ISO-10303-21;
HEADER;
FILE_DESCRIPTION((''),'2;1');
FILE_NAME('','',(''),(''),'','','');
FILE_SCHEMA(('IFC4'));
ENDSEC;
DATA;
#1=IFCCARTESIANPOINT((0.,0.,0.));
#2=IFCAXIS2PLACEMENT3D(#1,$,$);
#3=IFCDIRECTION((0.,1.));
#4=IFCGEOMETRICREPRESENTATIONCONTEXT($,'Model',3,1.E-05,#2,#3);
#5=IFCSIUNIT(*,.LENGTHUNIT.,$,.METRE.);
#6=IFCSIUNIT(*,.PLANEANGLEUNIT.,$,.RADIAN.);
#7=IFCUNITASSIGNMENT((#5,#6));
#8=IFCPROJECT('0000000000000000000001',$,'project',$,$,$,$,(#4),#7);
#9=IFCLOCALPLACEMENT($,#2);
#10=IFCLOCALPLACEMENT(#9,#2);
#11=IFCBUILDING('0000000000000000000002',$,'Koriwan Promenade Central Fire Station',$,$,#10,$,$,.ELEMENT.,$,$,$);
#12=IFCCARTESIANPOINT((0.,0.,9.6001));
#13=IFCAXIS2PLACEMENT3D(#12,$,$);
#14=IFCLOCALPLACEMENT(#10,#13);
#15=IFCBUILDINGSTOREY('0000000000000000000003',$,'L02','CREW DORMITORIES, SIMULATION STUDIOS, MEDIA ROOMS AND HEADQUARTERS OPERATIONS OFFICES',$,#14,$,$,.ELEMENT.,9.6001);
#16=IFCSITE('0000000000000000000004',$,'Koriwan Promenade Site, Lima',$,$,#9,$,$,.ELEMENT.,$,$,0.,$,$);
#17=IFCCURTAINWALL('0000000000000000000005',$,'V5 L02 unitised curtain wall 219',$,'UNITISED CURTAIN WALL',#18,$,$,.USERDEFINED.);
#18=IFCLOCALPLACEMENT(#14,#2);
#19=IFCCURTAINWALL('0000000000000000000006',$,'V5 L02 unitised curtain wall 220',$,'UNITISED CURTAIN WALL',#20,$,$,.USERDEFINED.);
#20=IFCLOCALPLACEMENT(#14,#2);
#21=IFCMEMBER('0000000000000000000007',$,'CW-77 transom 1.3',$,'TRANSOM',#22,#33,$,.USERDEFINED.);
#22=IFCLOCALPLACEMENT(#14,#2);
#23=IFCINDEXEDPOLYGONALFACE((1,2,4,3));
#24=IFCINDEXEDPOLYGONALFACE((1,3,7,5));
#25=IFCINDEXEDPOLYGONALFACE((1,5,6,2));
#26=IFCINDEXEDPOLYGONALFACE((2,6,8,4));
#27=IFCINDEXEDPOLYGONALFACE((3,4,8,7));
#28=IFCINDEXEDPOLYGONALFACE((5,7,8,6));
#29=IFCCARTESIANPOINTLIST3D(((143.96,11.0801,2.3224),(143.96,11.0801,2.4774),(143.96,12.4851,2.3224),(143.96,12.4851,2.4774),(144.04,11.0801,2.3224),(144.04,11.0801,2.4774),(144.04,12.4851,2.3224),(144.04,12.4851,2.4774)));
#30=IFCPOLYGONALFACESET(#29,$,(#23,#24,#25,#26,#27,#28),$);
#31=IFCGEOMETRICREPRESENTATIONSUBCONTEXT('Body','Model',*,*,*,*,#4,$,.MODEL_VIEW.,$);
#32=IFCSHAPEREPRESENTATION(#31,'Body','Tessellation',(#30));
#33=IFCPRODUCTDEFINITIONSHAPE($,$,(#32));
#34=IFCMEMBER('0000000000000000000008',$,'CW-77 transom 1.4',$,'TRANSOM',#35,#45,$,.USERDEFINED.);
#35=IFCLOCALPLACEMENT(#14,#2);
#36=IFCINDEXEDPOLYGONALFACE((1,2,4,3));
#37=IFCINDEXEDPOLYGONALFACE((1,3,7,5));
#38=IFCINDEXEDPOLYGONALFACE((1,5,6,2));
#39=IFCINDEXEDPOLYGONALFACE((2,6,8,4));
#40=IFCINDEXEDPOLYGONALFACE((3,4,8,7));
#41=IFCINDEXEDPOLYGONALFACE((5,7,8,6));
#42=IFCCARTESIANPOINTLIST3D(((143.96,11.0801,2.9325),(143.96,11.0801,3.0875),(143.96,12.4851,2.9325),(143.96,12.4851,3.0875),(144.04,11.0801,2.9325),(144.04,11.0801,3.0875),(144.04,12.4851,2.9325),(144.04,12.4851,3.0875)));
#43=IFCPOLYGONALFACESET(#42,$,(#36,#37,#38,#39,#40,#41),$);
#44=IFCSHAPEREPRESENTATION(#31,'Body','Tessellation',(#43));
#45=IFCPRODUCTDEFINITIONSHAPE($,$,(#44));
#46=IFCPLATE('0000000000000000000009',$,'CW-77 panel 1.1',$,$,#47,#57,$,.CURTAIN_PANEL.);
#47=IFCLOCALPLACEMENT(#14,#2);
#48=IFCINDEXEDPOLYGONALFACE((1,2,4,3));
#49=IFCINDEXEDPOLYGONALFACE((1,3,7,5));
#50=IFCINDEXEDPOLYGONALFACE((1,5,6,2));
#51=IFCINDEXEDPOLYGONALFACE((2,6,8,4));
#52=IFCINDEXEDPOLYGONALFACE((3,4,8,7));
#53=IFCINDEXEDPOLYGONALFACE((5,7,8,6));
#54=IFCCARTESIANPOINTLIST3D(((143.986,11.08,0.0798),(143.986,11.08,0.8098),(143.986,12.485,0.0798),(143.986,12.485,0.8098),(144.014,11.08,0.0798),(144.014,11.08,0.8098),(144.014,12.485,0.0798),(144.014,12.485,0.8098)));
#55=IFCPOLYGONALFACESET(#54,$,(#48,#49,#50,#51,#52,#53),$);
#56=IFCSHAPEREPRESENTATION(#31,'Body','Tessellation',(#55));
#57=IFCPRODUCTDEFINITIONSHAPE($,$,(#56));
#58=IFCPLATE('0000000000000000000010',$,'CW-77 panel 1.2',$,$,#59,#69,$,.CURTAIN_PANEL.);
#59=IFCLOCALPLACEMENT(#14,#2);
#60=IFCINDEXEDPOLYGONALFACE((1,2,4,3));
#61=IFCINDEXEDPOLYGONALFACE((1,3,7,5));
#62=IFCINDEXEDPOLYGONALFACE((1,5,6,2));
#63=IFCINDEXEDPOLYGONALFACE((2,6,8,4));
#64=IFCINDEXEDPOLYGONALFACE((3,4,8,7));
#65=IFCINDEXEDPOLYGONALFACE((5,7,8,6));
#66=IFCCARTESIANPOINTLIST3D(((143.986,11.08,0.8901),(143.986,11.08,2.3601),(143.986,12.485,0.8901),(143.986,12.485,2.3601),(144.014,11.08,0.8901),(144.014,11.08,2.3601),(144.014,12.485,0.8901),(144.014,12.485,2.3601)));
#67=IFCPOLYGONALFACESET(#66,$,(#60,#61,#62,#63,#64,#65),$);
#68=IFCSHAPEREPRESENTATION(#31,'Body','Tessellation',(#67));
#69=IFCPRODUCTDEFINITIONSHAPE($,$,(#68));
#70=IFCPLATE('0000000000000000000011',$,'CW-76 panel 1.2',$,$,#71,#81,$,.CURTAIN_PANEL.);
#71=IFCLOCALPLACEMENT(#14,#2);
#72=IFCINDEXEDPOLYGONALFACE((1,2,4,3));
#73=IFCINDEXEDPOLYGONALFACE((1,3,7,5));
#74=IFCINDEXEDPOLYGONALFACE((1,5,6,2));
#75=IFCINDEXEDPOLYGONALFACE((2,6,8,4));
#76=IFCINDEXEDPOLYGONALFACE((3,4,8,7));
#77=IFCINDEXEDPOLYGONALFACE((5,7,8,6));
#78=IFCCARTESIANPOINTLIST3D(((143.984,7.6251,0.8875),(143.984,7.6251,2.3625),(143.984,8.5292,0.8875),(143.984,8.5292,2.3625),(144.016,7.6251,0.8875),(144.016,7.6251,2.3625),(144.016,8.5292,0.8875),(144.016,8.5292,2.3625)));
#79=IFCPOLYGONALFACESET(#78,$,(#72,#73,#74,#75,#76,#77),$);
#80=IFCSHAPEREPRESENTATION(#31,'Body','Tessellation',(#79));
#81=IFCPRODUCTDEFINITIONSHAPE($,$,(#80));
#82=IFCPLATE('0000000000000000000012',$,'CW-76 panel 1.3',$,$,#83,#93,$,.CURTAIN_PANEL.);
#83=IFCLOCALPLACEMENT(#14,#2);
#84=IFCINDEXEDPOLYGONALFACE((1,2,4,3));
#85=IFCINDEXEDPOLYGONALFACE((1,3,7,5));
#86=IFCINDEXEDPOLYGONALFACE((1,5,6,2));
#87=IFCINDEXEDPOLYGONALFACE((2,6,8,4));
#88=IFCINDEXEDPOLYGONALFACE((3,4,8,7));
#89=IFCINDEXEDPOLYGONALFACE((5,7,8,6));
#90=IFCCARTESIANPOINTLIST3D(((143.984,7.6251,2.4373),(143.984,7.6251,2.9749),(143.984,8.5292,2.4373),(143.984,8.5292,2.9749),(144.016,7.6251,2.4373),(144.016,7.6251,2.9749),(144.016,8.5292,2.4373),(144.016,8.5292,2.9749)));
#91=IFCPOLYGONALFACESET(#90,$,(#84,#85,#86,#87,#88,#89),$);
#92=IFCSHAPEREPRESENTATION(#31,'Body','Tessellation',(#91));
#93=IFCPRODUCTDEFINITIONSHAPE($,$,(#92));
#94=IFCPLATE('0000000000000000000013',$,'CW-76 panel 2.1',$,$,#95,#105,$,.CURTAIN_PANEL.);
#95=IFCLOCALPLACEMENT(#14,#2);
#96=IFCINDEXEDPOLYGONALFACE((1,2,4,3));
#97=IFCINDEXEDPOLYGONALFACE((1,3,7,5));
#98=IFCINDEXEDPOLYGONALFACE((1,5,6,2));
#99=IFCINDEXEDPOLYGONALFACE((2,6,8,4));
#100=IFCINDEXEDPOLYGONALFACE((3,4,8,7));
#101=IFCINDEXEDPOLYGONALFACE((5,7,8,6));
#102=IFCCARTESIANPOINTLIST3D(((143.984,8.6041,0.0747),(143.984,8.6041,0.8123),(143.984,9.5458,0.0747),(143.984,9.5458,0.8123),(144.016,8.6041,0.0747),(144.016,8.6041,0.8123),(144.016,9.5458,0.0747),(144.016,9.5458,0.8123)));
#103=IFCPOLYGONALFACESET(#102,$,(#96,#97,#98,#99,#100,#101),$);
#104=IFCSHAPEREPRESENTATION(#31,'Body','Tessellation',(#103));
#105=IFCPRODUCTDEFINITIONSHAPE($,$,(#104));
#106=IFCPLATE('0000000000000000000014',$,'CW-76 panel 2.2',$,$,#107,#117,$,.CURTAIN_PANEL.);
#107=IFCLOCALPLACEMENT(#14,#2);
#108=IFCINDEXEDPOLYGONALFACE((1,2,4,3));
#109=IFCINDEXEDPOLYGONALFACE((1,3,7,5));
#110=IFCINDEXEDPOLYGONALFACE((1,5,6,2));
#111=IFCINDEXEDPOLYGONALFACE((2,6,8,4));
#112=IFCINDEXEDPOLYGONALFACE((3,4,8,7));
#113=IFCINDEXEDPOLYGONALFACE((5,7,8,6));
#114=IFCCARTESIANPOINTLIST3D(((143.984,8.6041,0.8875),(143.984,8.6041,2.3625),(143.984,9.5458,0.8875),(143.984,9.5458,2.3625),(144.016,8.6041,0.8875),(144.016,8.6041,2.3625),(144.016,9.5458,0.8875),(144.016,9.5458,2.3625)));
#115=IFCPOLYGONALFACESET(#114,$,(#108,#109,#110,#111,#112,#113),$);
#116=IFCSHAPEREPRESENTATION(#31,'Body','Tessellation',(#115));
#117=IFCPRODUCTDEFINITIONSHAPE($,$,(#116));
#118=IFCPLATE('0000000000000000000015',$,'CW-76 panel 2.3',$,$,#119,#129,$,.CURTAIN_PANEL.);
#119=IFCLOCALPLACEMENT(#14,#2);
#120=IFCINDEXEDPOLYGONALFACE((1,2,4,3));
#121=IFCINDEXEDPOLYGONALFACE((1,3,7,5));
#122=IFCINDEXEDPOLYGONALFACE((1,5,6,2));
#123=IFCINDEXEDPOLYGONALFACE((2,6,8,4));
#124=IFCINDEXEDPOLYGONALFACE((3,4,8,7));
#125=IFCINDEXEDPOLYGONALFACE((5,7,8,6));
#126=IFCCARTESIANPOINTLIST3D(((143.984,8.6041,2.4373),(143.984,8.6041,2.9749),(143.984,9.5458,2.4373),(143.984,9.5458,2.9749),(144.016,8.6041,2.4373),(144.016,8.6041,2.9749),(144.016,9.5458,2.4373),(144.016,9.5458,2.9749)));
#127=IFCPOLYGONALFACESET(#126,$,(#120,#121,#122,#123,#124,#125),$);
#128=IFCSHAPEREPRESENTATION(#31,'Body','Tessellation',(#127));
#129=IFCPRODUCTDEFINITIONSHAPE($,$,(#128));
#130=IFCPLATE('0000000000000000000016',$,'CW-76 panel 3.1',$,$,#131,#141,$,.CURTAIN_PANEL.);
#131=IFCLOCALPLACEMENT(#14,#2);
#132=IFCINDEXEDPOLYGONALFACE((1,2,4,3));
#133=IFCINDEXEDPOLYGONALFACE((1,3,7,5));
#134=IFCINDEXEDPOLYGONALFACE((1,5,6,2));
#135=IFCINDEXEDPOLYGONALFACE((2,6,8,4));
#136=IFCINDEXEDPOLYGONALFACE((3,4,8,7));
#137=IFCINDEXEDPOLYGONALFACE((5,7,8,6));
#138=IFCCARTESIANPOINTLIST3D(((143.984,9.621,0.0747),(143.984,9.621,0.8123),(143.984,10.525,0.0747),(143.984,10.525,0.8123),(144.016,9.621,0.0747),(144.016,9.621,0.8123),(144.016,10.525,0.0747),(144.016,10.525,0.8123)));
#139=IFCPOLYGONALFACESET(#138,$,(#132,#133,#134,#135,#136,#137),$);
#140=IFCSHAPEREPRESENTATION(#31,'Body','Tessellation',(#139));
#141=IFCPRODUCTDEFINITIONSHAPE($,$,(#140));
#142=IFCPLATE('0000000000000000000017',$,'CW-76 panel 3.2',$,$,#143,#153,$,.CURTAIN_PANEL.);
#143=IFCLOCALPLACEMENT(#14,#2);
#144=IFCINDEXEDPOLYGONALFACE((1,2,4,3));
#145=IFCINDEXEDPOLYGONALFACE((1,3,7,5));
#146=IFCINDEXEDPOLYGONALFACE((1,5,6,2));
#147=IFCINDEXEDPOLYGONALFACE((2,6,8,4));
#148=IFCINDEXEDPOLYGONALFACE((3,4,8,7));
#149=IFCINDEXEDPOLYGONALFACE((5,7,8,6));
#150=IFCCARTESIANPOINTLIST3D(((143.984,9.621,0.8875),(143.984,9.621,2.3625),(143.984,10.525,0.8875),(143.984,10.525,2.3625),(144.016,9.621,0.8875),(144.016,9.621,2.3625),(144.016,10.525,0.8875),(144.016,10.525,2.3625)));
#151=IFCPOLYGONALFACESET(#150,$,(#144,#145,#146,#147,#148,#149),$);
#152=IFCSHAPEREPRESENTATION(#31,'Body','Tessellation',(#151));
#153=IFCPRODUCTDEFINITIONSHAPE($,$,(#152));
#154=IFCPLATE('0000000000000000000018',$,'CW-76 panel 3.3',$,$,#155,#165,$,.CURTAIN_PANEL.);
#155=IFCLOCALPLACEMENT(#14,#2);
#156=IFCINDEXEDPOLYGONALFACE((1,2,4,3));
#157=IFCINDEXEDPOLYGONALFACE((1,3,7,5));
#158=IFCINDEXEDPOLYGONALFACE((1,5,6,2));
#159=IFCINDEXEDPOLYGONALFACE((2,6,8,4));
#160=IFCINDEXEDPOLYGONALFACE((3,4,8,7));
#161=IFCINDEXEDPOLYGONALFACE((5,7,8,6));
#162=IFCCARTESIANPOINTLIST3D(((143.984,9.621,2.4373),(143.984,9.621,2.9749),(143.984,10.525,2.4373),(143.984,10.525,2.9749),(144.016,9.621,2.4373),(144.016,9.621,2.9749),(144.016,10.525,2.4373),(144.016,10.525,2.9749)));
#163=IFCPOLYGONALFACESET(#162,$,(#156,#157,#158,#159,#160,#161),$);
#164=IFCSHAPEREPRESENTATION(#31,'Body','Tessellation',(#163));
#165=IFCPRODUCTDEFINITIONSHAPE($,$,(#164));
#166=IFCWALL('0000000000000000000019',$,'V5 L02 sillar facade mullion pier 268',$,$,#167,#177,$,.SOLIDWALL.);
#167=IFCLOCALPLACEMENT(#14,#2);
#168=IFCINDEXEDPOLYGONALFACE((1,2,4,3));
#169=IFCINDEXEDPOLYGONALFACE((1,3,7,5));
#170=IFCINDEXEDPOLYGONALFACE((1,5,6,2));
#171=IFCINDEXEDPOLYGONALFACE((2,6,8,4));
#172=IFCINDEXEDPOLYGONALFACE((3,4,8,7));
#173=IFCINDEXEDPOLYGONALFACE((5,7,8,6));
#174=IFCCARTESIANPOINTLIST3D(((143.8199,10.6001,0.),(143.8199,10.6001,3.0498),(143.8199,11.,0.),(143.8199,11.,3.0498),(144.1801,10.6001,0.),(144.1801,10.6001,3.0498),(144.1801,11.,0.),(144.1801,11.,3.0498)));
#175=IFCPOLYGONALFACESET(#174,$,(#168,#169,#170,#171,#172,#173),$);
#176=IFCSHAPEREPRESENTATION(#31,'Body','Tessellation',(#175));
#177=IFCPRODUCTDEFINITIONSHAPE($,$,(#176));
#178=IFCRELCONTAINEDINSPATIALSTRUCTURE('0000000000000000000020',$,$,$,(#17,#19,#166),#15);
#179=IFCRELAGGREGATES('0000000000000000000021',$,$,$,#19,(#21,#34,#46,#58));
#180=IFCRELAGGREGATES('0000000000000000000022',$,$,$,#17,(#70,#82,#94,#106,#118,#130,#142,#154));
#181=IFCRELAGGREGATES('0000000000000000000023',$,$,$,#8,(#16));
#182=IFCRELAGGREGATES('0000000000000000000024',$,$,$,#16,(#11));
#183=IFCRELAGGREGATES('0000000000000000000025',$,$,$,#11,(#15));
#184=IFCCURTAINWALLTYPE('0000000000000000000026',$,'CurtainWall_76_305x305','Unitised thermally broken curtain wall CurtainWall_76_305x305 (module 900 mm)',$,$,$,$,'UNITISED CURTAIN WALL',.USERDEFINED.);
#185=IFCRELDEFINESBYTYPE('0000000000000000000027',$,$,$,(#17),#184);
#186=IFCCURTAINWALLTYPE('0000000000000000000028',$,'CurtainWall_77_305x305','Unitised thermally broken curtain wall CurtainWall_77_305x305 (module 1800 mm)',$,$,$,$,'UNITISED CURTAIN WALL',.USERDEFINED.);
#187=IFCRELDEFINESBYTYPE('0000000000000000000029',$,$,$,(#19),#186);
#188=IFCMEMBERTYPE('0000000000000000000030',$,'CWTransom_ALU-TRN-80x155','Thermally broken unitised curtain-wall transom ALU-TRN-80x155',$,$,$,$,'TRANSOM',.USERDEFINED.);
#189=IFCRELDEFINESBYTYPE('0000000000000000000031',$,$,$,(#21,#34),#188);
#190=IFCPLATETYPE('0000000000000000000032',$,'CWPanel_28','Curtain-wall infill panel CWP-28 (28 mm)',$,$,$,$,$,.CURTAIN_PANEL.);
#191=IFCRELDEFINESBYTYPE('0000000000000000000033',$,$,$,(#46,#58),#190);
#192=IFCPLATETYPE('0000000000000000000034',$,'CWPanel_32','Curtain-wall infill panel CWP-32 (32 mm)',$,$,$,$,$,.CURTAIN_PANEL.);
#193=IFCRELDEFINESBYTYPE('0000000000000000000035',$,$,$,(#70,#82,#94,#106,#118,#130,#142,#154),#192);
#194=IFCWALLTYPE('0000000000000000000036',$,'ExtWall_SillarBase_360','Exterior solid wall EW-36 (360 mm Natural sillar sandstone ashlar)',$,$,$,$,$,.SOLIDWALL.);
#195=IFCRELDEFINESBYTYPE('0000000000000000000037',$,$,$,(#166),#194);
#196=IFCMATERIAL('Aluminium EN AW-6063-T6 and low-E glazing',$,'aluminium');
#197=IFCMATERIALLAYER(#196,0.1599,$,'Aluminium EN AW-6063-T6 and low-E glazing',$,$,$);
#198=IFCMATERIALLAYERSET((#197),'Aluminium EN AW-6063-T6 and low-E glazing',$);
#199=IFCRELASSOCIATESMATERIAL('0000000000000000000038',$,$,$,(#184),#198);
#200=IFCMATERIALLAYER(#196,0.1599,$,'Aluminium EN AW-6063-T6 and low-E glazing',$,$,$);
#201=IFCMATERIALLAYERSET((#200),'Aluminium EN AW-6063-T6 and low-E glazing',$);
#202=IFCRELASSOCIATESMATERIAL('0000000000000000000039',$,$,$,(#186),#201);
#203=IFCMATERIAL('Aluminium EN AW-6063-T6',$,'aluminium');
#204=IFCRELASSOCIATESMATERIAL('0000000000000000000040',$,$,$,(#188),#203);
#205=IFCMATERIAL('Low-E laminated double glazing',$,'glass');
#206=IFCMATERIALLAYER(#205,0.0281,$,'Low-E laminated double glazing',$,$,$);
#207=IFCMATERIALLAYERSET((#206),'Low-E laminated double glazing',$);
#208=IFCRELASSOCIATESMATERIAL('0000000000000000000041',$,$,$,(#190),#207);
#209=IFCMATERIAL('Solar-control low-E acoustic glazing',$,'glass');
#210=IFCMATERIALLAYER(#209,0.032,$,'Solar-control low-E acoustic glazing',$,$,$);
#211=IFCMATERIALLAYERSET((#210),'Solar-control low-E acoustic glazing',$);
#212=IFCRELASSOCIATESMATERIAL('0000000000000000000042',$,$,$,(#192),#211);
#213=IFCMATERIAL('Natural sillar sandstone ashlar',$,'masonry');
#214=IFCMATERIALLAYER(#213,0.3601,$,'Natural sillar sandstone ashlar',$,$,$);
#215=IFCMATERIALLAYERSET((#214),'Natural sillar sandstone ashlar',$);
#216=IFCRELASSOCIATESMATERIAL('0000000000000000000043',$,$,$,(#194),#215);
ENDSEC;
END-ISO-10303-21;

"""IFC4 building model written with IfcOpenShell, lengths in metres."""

from ifc_helpers import new_model, si_unit, direction, frame, frame_2d, origin, origin_2d, place, context, subcontext, project, spatial, rectangle, extrude, material, layer, layer_set, material_profile, profile_set, type_object, element, aggregate, save


model = new_model("IFC4")

# Units and contexts
model_context = context("Model", 3, precision=1e-05, world=origin(), true_north=direction((0.0, 1.0)))
body_context = subcontext(model_context, "Body", "Model", "MODEL_VIEW")
ifc_project = project(units=[si_unit("LENGTHUNIT", "METRE"), si_unit("PLANEANGLEUNIT", "RADIAN")], contexts=[model_context])

# Site, building, storey
site_placement = place(None, origin())
site = spatial("IfcSite", under=ifc_project, at=site_placement, Name="Koriwan Promenade Site, Lima", CompositionType="ELEMENT", RefElevation=0.0)
building_placement = place(site_placement, origin())
building = spatial("IfcBuilding", under=site, at=building_placement, Name="Koriwan Promenade Central Fire Station", CompositionType="ELEMENT")
storey_placement = place(building_placement, frame((0.0, 0.0, 9.6001)))
storey = spatial("IfcBuildingStorey", under=building, at=storey_placement, Name="L02", Description="CREW DORMITORIES, SIMULATION STUDIOS, MEDIA ROOMS AND HEADQUARTERS OPERATIONS OFFICES", CompositionType="ELEMENT", Elevation=9.6001)

# Curtain wall
ifc_material_1 = material(Name="Aluminium EN AW-6063-T6 and low-E glazing", Category="aluminium")
ifc_layer_1 = layer(ifc_material_1, 0.1599, Name="Aluminium EN AW-6063-T6 and low-E glazing")
ifc_layer_set_1 = layer_set([ifc_layer_1], Name="Aluminium EN AW-6063-T6 and low-E glazing")
curtain_wall_type_1 = type_object("IfcCurtainWallType", Name="CurtainWall_76_305x305", Description="Unitised thermally broken curtain wall CurtainWall_76_305x305 (module 900 mm)", ElementType="UNITISED CURTAIN WALL", PredefinedType="USERDEFINED", material=ifc_layer_set_1)
curtain_wall_1_placement = place(storey_placement, origin())
curtain_wall_1 = element("IfcCurtainWall", 1, at=curtain_wall_1_placement, inside=storey, type_object=curtain_wall_type_1, Name="V5 L02 unitised curtain wall 219", ObjectType="UNITISED CURTAIN WALL", PredefinedType="USERDEFINED")
ifc_material_2 = material(Name="Aluminium EN AW-6063-T6", Category="aluminium")

# Curtain wall
ifc_layer_2 = layer(ifc_material_1, 0.1599, Name="Aluminium EN AW-6063-T6 and low-E glazing")
ifc_layer_set_2 = layer_set([ifc_layer_2], Name="Aluminium EN AW-6063-T6 and low-E glazing")
curtain_wall_type_2 = type_object("IfcCurtainWallType", Name="CurtainWall_77_305x305", Description="Unitised thermally broken curtain wall CurtainWall_77_305x305 (module 1800 mm)", ElementType="UNITISED CURTAIN WALL", PredefinedType="USERDEFINED", material=ifc_layer_set_2)
curtain_wall_2_placement = place(storey_placement, origin())
curtain_wall_2 = element("IfcCurtainWall", 2, at=curtain_wall_2_placement, inside=storey, type_object=curtain_wall_type_2, Name="V5 L02 unitised curtain wall 220", ObjectType="UNITISED CURTAIN WALL", PredefinedType="USERDEFINED")

# Members
ifc_material_profile_1 = material_profile(ifc_material_2, rectangle(XDim=0.0801, YDim=0.155, at=origin_2d()), Name="ALU-TRN-80x155")
ifc_profile_set_1 = profile_set([ifc_material_profile_1], Name="Aluminium EN AW-6063-T6")
member_type_1 = type_object("IfcMemberType", Name="CWTransom_ALU-TRN-80x155", Description="Thermally broken unitised curtain-wall transom ALU-TRN-80x155", ElementType="TRANSOM", PredefinedType="USERDEFINED", material=ifc_profile_set_1)
member_1_placement = place(storey_placement, frame((144.0, 11.0801, 2.3999), z_axis=(0.0, 1.0, 0.0), x_axis=(-1.0, 0.0, 0.0)))
member_1 = element("IfcMember", 3, at=member_1_placement, type_object=member_type_1, Name="CW-77 transom 1.3", ObjectType="TRANSOM", PredefinedType="USERDEFINED", context=body_context, shape_type="SweptSolid", body=[
    extrude(rectangle(XDim=0.0801, YDim=0.155, at=origin_2d()), origin(), (0.0, 0.0, 1.0), 1.405),
])
member_2_placement = place(storey_placement, frame((144.0, 11.0801, 3.01), z_axis=(0.0, 1.0, 0.0), x_axis=(-1.0, 0.0, 0.0)))
member_2 = element("IfcMember", 4, at=member_2_placement, type_object=member_type_1, Name="CW-77 transom 1.4", ObjectType="TRANSOM", PredefinedType="USERDEFINED", context=body_context, shape_type="SweptSolid", body=[
    extrude(rectangle(XDim=0.0801, YDim=0.155, at=origin_2d()), origin(), (0.0, 0.0, 1.0), 1.405),
])

# Plates
ifc_material_3 = material(Name="Low-E laminated double glazing", Category="glass")
ifc_layer_3 = layer(ifc_material_3, 0.0281, Name="Low-E laminated double glazing")
ifc_layer_set_3 = layer_set([ifc_layer_3], Name="Low-E laminated double glazing")
plate_type_1 = type_object("IfcPlateType", Name="CWPanel_28", Description="Curtain-wall infill panel CWP-28 (28 mm)", PredefinedType="CURTAIN_PANEL", material=ifc_layer_set_3)
plate_1_placement = place(storey_placement, frame((144.0, 11.7825, 0.0798), z_axis=(0.0, 0.0, 1.0), x_axis=(0.0, 1.0, 0.0)))
plate_1 = element("IfcPlate", 5, at=plate_1_placement, type_object=plate_type_1, Name="CW-77 panel 1.1", PredefinedType="CURTAIN_PANEL", context=body_context, shape_type="SweptSolid", body=[
    extrude(rectangle(XDim=1.405, YDim=0.0281, at=origin_2d()), origin(), (0.0, 0.0, 1.0), 0.73),
])
plate_2_placement = place(storey_placement, frame((144.0, 11.7825, 0.8901), z_axis=(0.0, 0.0, 1.0), x_axis=(0.0, 1.0, 0.0)))
plate_2 = element("IfcPlate", 6, at=plate_2_placement, type_object=plate_type_1, Name="CW-77 panel 1.2", PredefinedType="CURTAIN_PANEL", context=body_context, shape_type="SweptSolid", body=[
    extrude(rectangle(XDim=1.405, YDim=0.0281, at=origin_2d()), origin(), (0.0, 0.0, 1.0), 1.47),
])
aggregate(curtain_wall_2, [member_1, member_2, plate_1, plate_2])
ifc_material_4 = material(Name="Solar-control low-E acoustic glazing", Category="glass")
ifc_layer_4 = layer(ifc_material_4, 0.032, Name="Solar-control low-E acoustic glazing")
ifc_layer_set_4 = layer_set([ifc_layer_4], Name="Solar-control low-E acoustic glazing")
plate_type_2 = type_object("IfcPlateType", Name="CWPanel_32", Description="Curtain-wall infill panel CWP-32 (32 mm)", PredefinedType="CURTAIN_PANEL", material=ifc_layer_set_4)
plate_3_placement = place(storey_placement, frame((144.0, 8.0771, 0.8875), z_axis=(0.0, 0.0, 1.0), x_axis=(0.0, 1.0, 0.0)))
plate_3 = element("IfcPlate", 7, at=plate_3_placement, type_object=plate_type_2, Name="CW-76 panel 1.2", PredefinedType="CURTAIN_PANEL", context=body_context, shape_type="SweptSolid", body=[
    extrude(rectangle(XDim=0.9041, YDim=0.032, at=origin_2d()), origin(), (0.0, 0.0, 1.0), 1.4751),
])
plate_4_placement = place(storey_placement, frame((144.0, 8.0771, 2.4373), z_axis=(0.0, 0.0, 1.0), x_axis=(0.0, 1.0, 0.0)))
plate_4 = element("IfcPlate", 8, at=plate_4_placement, type_object=plate_type_2, Name="CW-76 panel 1.3", PredefinedType="CURTAIN_PANEL", context=body_context, shape_type="SweptSolid", body=[
    extrude(rectangle(XDim=0.9041, YDim=0.032, at=origin_2d()), origin(), (0.0, 0.0, 1.0), 0.5376),
])
plate_5_placement = place(storey_placement, frame((144.0, 9.075, 0.0747), z_axis=(0.0, 0.0, 1.0), x_axis=(0.0, 1.0, 0.0)))
plate_5 = element("IfcPlate", 9, at=plate_5_placement, type_object=plate_type_2, Name="CW-76 panel 2.1", PredefinedType="CURTAIN_PANEL", context=body_context, shape_type="SweptSolid", body=[
    extrude(rectangle(XDim=0.9417, YDim=0.032, at=origin_2d()), origin(), (0.0, 0.0, 1.0), 0.7375),
])
plate_6_placement = place(storey_placement, frame((144.0, 9.075, 0.8875), z_axis=(0.0, 0.0, 1.0), x_axis=(0.0, 1.0, 0.0)))
plate_6 = element("IfcPlate", 10, at=plate_6_placement, type_object=plate_type_2, Name="CW-76 panel 2.2", PredefinedType="CURTAIN_PANEL", context=body_context, shape_type="SweptSolid", body=[
    extrude(rectangle(XDim=0.9417, YDim=0.032, at=origin_2d()), origin(), (0.0, 0.0, 1.0), 1.4751),
])
plate_7_placement = place(storey_placement, frame((144.0, 9.075, 2.4373), z_axis=(0.0, 0.0, 1.0), x_axis=(0.0, 1.0, 0.0)))
plate_7 = element("IfcPlate", 11, at=plate_7_placement, type_object=plate_type_2, Name="CW-76 panel 2.3", PredefinedType="CURTAIN_PANEL", context=body_context, shape_type="SweptSolid", body=[
    extrude(rectangle(XDim=0.9417, YDim=0.032, at=origin_2d()), origin(), (0.0, 0.0, 1.0), 0.5376),
])
plate_8_placement = place(storey_placement, frame((144.0, 10.073, 0.0747), z_axis=(0.0, 0.0, 1.0), x_axis=(0.0, 1.0, 0.0)))
plate_8 = element("IfcPlate", 12, at=plate_8_placement, type_object=plate_type_2, Name="CW-76 panel 3.1", PredefinedType="CURTAIN_PANEL", context=body_context, shape_type="SweptSolid", body=[
    extrude(rectangle(XDim=0.9041, YDim=0.032, at=origin_2d()), origin(), (0.0, 0.0, 1.0), 0.7375),
])
plate_9_placement = place(storey_placement, frame((144.0, 10.073, 0.8875), z_axis=(0.0, 0.0, 1.0), x_axis=(0.0, 1.0, 0.0)))
plate_9 = element("IfcPlate", 13, at=plate_9_placement, type_object=plate_type_2, Name="CW-76 panel 3.2", PredefinedType="CURTAIN_PANEL", context=body_context, shape_type="SweptSolid", body=[
    extrude(rectangle(XDim=0.9041, YDim=0.032, at=origin_2d()), origin(), (0.0, 0.0, 1.0), 1.4751),
])
plate_10_placement = place(storey_placement, frame((144.0, 10.073, 2.4373), z_axis=(0.0, 0.0, 1.0), x_axis=(0.0, 1.0, 0.0)))
plate_10 = element("IfcPlate", 14, at=plate_10_placement, type_object=plate_type_2, Name="CW-76 panel 3.3", PredefinedType="CURTAIN_PANEL", context=body_context, shape_type="SweptSolid", body=[
    extrude(rectangle(XDim=0.9041, YDim=0.032, at=origin_2d()), origin(), (0.0, 0.0, 1.0), 0.5376),
])
aggregate(curtain_wall_1, [plate_3, plate_4, plate_5, plate_6, plate_7, plate_8, plate_9, plate_10])

# Wall
ifc_material_5 = material(Name="Natural sillar sandstone ashlar", Category="masonry")
ifc_layer_5 = layer(ifc_material_5, 0.3601, Name="Natural sillar sandstone ashlar")
ifc_layer_set_5 = layer_set([ifc_layer_5], Name="Natural sillar sandstone ashlar")
wall_type_1 = type_object("IfcWallType", Name="ExtWall_SillarBase_360", Description="Exterior solid wall EW-36 (360 mm Natural sillar sandstone ashlar)", PredefinedType="SOLIDWALL", material=ifc_layer_set_5)
wall_1_placement = place(storey_placement, frame((144.0, 10.6001, 0.0), z_axis=(0.0, 0.0, 1.0), x_axis=(0.0, 1.0, 0.0)))
element("IfcWall", 15, at=wall_1_placement, inside=storey, type_object=wall_type_1, Name="V5 L02 sillar facade mullion pier 268", PredefinedType="SOLIDWALL", context=body_context, shape_type="SweptSolid", body=[
    extrude(rectangle(XDim=0.3999, YDim=0.3601, at=frame_2d((0.2, 0.0))), origin(), (0.0, 0.0, 1.0), 3.0498),
])

save(model, "model.ifc")
